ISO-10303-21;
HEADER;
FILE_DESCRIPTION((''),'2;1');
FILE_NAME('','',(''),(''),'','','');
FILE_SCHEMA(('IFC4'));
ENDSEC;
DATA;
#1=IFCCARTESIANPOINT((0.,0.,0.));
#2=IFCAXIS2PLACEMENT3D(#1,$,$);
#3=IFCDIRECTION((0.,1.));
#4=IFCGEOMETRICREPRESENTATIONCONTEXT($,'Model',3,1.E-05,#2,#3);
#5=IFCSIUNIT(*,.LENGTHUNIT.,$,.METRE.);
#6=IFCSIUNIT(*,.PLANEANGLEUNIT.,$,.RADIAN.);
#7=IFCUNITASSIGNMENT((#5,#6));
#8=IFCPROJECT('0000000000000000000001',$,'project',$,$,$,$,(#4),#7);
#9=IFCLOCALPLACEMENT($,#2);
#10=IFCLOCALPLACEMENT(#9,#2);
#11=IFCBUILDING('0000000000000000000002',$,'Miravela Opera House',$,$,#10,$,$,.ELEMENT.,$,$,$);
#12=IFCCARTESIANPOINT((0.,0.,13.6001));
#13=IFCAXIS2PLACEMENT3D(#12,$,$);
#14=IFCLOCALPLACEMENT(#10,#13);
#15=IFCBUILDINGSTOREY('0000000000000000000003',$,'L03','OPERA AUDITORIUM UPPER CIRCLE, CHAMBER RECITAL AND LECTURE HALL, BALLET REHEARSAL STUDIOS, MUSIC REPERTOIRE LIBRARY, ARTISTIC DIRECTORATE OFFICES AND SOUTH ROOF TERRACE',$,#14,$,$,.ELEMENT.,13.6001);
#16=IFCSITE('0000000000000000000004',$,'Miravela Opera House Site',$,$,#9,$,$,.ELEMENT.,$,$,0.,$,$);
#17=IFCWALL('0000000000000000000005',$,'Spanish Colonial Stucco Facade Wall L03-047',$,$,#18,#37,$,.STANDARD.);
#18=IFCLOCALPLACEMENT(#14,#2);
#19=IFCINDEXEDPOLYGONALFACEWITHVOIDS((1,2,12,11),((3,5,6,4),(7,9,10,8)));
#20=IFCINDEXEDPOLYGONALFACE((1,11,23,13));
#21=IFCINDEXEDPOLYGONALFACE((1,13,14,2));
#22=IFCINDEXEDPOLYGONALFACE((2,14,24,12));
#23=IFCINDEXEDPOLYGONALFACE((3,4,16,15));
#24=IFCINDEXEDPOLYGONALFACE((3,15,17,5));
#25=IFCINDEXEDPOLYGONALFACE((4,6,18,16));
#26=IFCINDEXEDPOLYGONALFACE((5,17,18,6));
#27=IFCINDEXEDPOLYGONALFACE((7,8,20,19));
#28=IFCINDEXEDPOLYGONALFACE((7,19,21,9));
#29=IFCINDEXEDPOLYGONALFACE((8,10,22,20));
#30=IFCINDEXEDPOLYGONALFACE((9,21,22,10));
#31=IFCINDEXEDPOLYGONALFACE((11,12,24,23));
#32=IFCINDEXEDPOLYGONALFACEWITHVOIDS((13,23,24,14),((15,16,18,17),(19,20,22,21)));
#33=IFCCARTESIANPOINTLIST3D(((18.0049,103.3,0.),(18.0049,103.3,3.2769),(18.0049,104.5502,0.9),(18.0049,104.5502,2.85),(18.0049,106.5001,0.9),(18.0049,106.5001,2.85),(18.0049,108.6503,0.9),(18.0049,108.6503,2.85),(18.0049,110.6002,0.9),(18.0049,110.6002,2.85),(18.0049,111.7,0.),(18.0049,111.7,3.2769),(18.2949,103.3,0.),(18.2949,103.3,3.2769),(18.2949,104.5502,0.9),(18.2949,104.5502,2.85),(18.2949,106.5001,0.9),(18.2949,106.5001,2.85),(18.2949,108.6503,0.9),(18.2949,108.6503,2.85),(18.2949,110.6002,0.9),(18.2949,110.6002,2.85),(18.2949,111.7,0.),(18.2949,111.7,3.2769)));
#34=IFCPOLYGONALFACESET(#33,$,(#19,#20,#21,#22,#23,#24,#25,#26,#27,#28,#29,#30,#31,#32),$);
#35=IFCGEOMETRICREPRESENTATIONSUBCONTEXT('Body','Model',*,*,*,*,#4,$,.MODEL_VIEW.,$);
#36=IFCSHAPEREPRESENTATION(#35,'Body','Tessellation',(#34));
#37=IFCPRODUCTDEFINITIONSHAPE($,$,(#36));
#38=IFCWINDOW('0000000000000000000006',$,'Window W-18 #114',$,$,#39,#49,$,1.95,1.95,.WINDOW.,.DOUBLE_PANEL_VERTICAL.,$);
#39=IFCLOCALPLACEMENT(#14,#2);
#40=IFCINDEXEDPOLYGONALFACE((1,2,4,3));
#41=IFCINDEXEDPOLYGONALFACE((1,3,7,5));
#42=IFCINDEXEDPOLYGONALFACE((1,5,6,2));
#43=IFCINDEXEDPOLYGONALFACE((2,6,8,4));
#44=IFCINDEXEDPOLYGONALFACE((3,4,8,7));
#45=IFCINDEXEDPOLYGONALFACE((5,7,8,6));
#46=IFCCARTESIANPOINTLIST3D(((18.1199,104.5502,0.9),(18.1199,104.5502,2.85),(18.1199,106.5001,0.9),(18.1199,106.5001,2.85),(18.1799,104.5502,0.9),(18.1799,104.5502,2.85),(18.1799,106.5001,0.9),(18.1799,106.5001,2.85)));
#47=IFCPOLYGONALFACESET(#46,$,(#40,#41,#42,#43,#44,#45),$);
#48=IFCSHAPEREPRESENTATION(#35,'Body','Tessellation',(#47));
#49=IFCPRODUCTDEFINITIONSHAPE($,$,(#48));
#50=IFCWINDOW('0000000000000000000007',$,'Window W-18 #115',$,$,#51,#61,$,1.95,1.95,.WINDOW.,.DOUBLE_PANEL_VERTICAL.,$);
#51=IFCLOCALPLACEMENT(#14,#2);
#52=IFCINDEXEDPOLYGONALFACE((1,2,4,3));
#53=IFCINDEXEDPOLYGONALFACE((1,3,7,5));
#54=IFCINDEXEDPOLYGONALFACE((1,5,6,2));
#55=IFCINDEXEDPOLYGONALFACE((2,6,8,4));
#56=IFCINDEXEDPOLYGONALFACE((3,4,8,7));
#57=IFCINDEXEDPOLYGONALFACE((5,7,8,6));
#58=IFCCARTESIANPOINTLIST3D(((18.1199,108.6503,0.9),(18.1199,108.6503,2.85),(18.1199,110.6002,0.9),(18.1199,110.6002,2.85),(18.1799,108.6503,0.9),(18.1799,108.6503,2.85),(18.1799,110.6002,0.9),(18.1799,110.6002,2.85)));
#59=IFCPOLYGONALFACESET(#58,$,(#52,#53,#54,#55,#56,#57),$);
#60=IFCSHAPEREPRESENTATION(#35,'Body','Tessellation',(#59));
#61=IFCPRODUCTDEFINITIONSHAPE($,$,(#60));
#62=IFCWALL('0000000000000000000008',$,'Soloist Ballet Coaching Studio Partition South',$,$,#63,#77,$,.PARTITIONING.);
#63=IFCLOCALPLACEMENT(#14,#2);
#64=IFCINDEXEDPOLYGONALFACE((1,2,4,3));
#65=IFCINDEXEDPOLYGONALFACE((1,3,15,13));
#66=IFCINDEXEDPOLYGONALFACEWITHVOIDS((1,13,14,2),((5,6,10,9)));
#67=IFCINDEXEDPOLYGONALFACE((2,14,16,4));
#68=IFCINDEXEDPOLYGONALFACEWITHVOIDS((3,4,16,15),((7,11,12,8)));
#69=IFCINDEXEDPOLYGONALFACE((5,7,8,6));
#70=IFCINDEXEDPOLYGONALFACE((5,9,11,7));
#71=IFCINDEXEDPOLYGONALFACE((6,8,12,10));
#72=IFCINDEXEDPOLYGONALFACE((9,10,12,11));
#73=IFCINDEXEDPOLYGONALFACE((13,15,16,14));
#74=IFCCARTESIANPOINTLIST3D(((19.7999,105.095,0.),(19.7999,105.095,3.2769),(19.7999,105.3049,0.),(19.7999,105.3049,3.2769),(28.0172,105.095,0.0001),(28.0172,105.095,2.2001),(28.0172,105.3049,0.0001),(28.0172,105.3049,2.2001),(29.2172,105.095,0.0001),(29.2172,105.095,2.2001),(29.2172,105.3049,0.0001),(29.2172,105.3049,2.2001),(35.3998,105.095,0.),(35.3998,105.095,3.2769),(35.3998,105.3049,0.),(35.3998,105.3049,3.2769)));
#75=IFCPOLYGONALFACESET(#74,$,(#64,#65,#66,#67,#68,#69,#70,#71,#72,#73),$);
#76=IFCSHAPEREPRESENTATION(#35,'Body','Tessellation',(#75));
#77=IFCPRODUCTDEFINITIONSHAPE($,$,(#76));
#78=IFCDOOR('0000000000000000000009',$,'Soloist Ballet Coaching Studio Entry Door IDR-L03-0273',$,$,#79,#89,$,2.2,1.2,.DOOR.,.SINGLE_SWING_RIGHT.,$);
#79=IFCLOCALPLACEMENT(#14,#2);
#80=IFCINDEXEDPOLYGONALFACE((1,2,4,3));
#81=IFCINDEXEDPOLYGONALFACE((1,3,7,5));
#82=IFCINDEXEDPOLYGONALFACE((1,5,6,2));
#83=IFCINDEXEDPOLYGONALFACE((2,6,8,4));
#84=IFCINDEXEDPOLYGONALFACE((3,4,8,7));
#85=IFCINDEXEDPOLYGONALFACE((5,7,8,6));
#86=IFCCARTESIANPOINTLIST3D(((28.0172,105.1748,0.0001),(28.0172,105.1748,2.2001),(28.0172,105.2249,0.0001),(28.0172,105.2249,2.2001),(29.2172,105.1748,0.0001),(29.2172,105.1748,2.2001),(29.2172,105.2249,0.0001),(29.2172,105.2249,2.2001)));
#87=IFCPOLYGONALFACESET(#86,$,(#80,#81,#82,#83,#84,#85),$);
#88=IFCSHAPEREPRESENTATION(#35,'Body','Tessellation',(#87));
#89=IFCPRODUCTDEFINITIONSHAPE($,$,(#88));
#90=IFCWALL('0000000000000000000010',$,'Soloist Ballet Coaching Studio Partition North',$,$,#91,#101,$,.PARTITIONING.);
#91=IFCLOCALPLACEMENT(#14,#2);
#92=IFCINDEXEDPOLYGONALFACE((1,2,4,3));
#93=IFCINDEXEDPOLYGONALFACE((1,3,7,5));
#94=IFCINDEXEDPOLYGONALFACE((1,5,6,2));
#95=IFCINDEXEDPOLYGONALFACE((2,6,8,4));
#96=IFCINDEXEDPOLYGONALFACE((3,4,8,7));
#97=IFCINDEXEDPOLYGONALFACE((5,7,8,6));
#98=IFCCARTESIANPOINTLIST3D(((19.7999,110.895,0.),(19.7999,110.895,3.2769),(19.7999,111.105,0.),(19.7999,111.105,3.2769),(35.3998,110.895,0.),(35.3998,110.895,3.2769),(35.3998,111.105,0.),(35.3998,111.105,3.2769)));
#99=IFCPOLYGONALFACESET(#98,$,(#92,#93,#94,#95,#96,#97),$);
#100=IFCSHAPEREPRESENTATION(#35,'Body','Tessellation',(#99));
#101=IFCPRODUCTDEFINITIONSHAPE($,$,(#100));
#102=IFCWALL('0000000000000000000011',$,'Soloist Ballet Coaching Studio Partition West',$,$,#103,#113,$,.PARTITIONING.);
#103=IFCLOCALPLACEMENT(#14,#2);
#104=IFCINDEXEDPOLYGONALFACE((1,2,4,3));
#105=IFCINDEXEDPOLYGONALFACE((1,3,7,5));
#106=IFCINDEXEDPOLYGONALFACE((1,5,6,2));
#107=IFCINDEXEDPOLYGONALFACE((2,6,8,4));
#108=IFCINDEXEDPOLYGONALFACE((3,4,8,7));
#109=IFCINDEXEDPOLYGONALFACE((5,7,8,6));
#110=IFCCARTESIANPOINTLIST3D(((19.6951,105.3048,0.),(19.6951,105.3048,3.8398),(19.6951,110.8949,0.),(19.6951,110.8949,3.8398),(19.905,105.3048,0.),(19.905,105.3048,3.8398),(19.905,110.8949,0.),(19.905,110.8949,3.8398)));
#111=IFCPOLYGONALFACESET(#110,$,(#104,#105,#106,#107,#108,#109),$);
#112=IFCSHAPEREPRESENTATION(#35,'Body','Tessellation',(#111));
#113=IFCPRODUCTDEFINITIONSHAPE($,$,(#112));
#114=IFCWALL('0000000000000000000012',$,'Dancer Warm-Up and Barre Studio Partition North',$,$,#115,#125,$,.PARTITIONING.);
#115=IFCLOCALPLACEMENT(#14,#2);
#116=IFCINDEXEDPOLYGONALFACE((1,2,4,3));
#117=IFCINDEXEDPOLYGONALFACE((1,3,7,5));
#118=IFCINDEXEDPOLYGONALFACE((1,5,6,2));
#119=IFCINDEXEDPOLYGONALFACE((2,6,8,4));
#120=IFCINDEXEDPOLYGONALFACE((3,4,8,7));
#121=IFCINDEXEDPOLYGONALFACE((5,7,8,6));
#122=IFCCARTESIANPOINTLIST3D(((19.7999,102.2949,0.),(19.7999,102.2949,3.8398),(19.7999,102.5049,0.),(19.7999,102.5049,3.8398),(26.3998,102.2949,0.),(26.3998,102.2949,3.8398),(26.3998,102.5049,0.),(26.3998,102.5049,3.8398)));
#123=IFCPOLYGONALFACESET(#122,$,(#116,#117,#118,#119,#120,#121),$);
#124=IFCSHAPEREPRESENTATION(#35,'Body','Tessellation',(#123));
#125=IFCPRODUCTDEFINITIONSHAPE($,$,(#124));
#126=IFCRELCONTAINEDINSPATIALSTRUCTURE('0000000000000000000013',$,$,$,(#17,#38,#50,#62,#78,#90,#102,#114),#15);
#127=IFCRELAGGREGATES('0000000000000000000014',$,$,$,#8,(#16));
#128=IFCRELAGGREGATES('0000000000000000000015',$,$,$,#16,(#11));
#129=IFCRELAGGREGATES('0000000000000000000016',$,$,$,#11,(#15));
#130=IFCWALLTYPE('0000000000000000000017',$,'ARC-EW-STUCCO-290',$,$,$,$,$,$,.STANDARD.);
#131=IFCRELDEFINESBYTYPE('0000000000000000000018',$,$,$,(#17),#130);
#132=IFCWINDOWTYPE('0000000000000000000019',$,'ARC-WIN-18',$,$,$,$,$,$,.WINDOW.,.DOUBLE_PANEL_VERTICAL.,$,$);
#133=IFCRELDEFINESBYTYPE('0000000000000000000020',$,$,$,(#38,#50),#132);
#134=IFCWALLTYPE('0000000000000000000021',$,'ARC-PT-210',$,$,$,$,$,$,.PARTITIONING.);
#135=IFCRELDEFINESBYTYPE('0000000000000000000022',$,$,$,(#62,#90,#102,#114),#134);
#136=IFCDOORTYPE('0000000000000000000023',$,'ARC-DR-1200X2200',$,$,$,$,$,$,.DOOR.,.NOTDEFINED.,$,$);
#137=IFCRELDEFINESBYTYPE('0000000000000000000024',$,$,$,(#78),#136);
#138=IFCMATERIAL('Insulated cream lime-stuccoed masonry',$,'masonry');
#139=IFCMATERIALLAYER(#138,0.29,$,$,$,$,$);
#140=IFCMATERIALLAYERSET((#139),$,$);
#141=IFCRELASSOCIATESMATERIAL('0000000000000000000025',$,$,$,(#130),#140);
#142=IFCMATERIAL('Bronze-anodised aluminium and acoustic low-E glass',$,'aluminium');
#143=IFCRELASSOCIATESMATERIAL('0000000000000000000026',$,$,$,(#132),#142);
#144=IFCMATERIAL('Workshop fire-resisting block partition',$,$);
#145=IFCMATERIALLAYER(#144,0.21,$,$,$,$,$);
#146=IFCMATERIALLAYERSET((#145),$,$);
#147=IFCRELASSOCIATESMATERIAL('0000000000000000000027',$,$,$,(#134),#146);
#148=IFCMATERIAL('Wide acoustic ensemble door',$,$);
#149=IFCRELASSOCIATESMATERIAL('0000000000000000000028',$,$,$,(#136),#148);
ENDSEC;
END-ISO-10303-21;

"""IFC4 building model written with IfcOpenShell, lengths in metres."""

from ifc_helpers import new_model, si_unit, direction, frame, frame_2d, origin, place, context, subcontext, project, spatial, rectangle, extrude, material, layer, layer_set, type_object, element, fill, save


model = new_model("IFC4")

# Units and contexts
model_context = context("Model", 3, precision=1e-05, world=origin(), true_north=direction((0.0, 1.0)))
body_context = subcontext(model_context, "Body", "Model", "MODEL_VIEW")
ifc_project = project(units=[si_unit("LENGTHUNIT", "METRE"), si_unit("PLANEANGLEUNIT", "RADIAN")], contexts=[model_context])

# Site, building, storey
site_placement = place(None, origin())
site = spatial("IfcSite", under=ifc_project, at=site_placement, Name="Miravela Opera House Site", CompositionType="ELEMENT", RefElevation=0.0)
building_placement = place(site_placement, origin())
building = spatial("IfcBuilding", under=site, at=building_placement, Name="Miravela Opera House", CompositionType="ELEMENT")
storey_placement = place(building_placement, frame((0.0, 0.0, 13.6001)))
storey = spatial("IfcBuildingStorey", under=building, at=storey_placement, Name="L03", Description="OPERA AUDITORIUM UPPER CIRCLE, CHAMBER RECITAL AND LECTURE HALL, BALLET REHEARSAL STUDIOS, MUSIC REPERTOIRE LIBRARY, ARTISTIC DIRECTORATE OFFICES AND SOUTH ROOF TERRACE", CompositionType="ELEMENT", Elevation=13.6001)

# Wall, openings, windows
ifc_material_1 = material(Name="Insulated cream lime-stuccoed masonry", Category="masonry")
ifc_layer_1 = layer(ifc_material_1, 0.29)
ifc_layer_set_1 = layer_set([ifc_layer_1])
wall_type_1 = type_object("IfcWallType", Name="ARC-EW-STUCCO-290", PredefinedType="STANDARD", material=ifc_layer_set_1)
ifc_material_2 = material(Name="Bronze-anodised aluminium and acoustic low-E glass", Category="aluminium")
wall_1_placement = place(storey_placement, frame((18.1499, 103.3, 0.0), z_axis=(0.0, 0.0, 1.0), x_axis=(0.0, 1.0, 0.0)))
wall_1 = element("IfcWall", 1, at=wall_1_placement, inside=storey, type_object=wall_type_1, Name="Spanish Colonial Stucco Facade Wall L03-047", PredefinedType="STANDARD", context=body_context, shape_type="SweptSolid", body=[
    extrude(rectangle(XDim=8.3999, YDim=0.29, at=frame_2d((4.2, 0.0))), origin(), (0.0, 0.0, 1.0), 3.2769),
])
opening_1_placement = place(wall_1_placement, frame((1.25, 0.0, 0.8999)))
opening_1 = element("IfcOpeningElement", 2, at=opening_1_placement, cuts=wall_1, PredefinedType="OPENING", context=body_context, shape_type="SweptSolid", body=[
    extrude(rectangle(XDim=1.95, YDim=1.95, at=frame_2d((0.9751, 0.9751))), frame((0.0, 0.155, 0.0), z_axis=(0.0, -1.0, 0.0), x_axis=(1.0, 0.0, 0.0)), (0.0, 0.0, 1.0), 0.3101),
])
opening_2_placement = place(wall_1_placement, frame((5.3501, 0.0, 0.8999)))
opening_2 = element("IfcOpeningElement", 3, at=opening_2_placement, cuts=wall_1, PredefinedType="OPENING", context=body_context, shape_type="SweptSolid", body=[
    extrude(rectangle(XDim=1.95, YDim=1.95, at=frame_2d((0.9751, 0.9751))), frame((0.0, 0.155, 0.0), z_axis=(0.0, -1.0, 0.0), x_axis=(1.0, 0.0, 0.0)), (0.0, 0.0, 1.0), 0.3101),
])
window_type_1 = type_object("IfcWindowType", Name="ARC-WIN-18", PartitioningType="DOUBLE_PANEL_VERTICAL", PredefinedType="WINDOW", material=ifc_material_2)
window_1_placement = place(opening_1_placement, origin())
window_1 = element("IfcWindow", 4, at=window_1_placement, inside=storey, type_object=window_type_1, Name="Window W-18 #114", OverallHeight=1.95, OverallWidth=1.95, PartitioningType="DOUBLE_PANEL_VERTICAL", PredefinedType="WINDOW", context=body_context, shape_type="SweptSolid", body=[
    extrude(rectangle(XDim=1.95, YDim=1.95, at=frame_2d((0.9751, 0.9751))), frame((0.0, 0.03, 0.0), z_axis=(0.0, -1.0, 0.0), x_axis=(1.0, 0.0, 0.0)), (0.0, 0.0, 1.0), 0.0601),
])
fill(opening_1, window_1)
window_2_placement = place(opening_2_placement, origin())
window_2 = element("IfcWindow", 5, at=window_2_placement, inside=storey, type_object=window_type_1, Name="Window W-18 #115", OverallHeight=1.95, OverallWidth=1.95, PartitioningType="DOUBLE_PANEL_VERTICAL", PredefinedType="WINDOW", context=body_context, shape_type="SweptSolid", body=[
    extrude(rectangle(XDim=1.95, YDim=1.95, at=frame_2d((0.9751, 0.9751))), frame((0.0, 0.03, 0.0), z_axis=(0.0, -1.0, 0.0), x_axis=(1.0, 0.0, 0.0)), (0.0, 0.0, 1.0), 0.0601),
])
fill(opening_2, window_2)

# Wall, opening, door
ifc_material_3 = material(Name="Workshop fire-resisting block partition")
ifc_layer_2 = layer(ifc_material_3, 0.21)
ifc_layer_set_2 = layer_set([ifc_layer_2])
wall_type_2 = type_object("IfcWallType", Name="ARC-PT-210", PredefinedType="PARTITIONING", material=ifc_layer_set_2)
wall_2_placement = place(storey_placement, frame((19.8, 105.2, 0.0), z_axis=(0.0, 0.0, 1.0), x_axis=(1.0, 0.0, 0.0)))
wall_2 = element("IfcWall", 6, at=wall_2_placement, inside=storey, type_object=wall_type_2, Name="Soloist Ballet Coaching Studio Partition South", PredefinedType="PARTITIONING", context=body_context, shape_type="SweptSolid", body=[
    extrude(rectangle(XDim=15.5999, YDim=0.21, at=frame_2d((7.7998, 0.0))), origin(), (0.0, 0.0, 1.0), 3.2769),
])
opening_3_placement = place(wall_2_placement, frame((8.217, 0.0, 0.0)))
opening_3 = element("IfcOpeningElement", 7, at=opening_3_placement, cuts=wall_2, PredefinedType="OPENING", context=body_context, shape_type="SweptSolid", body=[
    extrude(rectangle(XDim=1.2, YDim=2.2, at=frame_2d((0.6001, 1.1001))), frame((0.0, 0.115, 0.0), z_axis=(0.0, -1.0, 0.0), x_axis=(1.0, 0.0, 0.0)), (0.0, 0.0, 1.0), 0.23),
])
ifc_material_4 = material(Name="Wide acoustic ensemble door")
door_type = type_object("IfcDoorType", Name="ARC-DR-1200X2200", OperationType="NOTDEFINED", PredefinedType="DOOR", material=ifc_material_4)
door_placement = place(opening_3_placement, origin())
door = element("IfcDoor", 8, at=door_placement, inside=storey, type_object=door_type, Name="Soloist Ballet Coaching Studio Entry Door IDR-L03-0273", OperationType="SINGLE_SWING_RIGHT", OverallHeight=2.2, OverallWidth=1.2, PredefinedType="DOOR", context=body_context, shape_type="SweptSolid", body=[
    extrude(rectangle(XDim=1.2, YDim=2.2, at=frame_2d((0.6001, 1.1001))), frame((0.0, 0.0249, 0.0), z_axis=(0.0, -1.0, 0.0), x_axis=(1.0, 0.0, 0.0)), (0.0, 0.0, 1.0), 0.05),
])
fill(opening_3, door)

# Walls
wall_3_placement = place(storey_placement, frame((19.8, 111.0, 0.0), z_axis=(0.0, 0.0, 1.0), x_axis=(1.0, 0.0, 0.0)))
element("IfcWall", 9, at=wall_3_placement, inside=storey, type_object=wall_type_2, Name="Soloist Ballet Coaching Studio Partition North", PredefinedType="PARTITIONING", context=body_context, shape_type="SweptSolid", body=[
    extrude(rectangle(XDim=15.5999, YDim=0.21, at=frame_2d((7.7998, 0.0))), origin(), (0.0, 0.0, 1.0), 3.2769),
])
wall_4_placement = place(storey_placement, frame((19.8, 105.3049, 0.0), z_axis=(0.0, 0.0, 1.0), x_axis=(0.0, 1.0, 0.0)))
element("IfcWall", 10, at=wall_4_placement, inside=storey, type_object=wall_type_2, Name="Soloist Ballet Coaching Studio Partition West", PredefinedType="PARTITIONING", context=body_context, shape_type="SweptSolid", body=[
    extrude(rectangle(XDim=5.5901, YDim=0.21, at=frame_2d((2.7949, 0.0))), origin(), (0.0, 0.0, 1.0), 3.8398),
])
wall_5_placement = place(storey_placement, frame((19.8, 102.3999, 0.0), z_axis=(0.0, 0.0, 1.0), x_axis=(1.0, 0.0, 0.0)))
element("IfcWall", 11, at=wall_5_placement, inside=storey, type_object=wall_type_2, Name="Dancer Warm-Up and Barre Studio Partition North", PredefinedType="PARTITIONING", context=body_context, shape_type="SweptSolid", body=[
    extrude(rectangle(XDim=6.5999, YDim=0.21, at=frame_2d((3.2998, 0.0))), origin(), (0.0, 0.0, 1.0), 3.8398),
])

save(model, "model.ifc")
